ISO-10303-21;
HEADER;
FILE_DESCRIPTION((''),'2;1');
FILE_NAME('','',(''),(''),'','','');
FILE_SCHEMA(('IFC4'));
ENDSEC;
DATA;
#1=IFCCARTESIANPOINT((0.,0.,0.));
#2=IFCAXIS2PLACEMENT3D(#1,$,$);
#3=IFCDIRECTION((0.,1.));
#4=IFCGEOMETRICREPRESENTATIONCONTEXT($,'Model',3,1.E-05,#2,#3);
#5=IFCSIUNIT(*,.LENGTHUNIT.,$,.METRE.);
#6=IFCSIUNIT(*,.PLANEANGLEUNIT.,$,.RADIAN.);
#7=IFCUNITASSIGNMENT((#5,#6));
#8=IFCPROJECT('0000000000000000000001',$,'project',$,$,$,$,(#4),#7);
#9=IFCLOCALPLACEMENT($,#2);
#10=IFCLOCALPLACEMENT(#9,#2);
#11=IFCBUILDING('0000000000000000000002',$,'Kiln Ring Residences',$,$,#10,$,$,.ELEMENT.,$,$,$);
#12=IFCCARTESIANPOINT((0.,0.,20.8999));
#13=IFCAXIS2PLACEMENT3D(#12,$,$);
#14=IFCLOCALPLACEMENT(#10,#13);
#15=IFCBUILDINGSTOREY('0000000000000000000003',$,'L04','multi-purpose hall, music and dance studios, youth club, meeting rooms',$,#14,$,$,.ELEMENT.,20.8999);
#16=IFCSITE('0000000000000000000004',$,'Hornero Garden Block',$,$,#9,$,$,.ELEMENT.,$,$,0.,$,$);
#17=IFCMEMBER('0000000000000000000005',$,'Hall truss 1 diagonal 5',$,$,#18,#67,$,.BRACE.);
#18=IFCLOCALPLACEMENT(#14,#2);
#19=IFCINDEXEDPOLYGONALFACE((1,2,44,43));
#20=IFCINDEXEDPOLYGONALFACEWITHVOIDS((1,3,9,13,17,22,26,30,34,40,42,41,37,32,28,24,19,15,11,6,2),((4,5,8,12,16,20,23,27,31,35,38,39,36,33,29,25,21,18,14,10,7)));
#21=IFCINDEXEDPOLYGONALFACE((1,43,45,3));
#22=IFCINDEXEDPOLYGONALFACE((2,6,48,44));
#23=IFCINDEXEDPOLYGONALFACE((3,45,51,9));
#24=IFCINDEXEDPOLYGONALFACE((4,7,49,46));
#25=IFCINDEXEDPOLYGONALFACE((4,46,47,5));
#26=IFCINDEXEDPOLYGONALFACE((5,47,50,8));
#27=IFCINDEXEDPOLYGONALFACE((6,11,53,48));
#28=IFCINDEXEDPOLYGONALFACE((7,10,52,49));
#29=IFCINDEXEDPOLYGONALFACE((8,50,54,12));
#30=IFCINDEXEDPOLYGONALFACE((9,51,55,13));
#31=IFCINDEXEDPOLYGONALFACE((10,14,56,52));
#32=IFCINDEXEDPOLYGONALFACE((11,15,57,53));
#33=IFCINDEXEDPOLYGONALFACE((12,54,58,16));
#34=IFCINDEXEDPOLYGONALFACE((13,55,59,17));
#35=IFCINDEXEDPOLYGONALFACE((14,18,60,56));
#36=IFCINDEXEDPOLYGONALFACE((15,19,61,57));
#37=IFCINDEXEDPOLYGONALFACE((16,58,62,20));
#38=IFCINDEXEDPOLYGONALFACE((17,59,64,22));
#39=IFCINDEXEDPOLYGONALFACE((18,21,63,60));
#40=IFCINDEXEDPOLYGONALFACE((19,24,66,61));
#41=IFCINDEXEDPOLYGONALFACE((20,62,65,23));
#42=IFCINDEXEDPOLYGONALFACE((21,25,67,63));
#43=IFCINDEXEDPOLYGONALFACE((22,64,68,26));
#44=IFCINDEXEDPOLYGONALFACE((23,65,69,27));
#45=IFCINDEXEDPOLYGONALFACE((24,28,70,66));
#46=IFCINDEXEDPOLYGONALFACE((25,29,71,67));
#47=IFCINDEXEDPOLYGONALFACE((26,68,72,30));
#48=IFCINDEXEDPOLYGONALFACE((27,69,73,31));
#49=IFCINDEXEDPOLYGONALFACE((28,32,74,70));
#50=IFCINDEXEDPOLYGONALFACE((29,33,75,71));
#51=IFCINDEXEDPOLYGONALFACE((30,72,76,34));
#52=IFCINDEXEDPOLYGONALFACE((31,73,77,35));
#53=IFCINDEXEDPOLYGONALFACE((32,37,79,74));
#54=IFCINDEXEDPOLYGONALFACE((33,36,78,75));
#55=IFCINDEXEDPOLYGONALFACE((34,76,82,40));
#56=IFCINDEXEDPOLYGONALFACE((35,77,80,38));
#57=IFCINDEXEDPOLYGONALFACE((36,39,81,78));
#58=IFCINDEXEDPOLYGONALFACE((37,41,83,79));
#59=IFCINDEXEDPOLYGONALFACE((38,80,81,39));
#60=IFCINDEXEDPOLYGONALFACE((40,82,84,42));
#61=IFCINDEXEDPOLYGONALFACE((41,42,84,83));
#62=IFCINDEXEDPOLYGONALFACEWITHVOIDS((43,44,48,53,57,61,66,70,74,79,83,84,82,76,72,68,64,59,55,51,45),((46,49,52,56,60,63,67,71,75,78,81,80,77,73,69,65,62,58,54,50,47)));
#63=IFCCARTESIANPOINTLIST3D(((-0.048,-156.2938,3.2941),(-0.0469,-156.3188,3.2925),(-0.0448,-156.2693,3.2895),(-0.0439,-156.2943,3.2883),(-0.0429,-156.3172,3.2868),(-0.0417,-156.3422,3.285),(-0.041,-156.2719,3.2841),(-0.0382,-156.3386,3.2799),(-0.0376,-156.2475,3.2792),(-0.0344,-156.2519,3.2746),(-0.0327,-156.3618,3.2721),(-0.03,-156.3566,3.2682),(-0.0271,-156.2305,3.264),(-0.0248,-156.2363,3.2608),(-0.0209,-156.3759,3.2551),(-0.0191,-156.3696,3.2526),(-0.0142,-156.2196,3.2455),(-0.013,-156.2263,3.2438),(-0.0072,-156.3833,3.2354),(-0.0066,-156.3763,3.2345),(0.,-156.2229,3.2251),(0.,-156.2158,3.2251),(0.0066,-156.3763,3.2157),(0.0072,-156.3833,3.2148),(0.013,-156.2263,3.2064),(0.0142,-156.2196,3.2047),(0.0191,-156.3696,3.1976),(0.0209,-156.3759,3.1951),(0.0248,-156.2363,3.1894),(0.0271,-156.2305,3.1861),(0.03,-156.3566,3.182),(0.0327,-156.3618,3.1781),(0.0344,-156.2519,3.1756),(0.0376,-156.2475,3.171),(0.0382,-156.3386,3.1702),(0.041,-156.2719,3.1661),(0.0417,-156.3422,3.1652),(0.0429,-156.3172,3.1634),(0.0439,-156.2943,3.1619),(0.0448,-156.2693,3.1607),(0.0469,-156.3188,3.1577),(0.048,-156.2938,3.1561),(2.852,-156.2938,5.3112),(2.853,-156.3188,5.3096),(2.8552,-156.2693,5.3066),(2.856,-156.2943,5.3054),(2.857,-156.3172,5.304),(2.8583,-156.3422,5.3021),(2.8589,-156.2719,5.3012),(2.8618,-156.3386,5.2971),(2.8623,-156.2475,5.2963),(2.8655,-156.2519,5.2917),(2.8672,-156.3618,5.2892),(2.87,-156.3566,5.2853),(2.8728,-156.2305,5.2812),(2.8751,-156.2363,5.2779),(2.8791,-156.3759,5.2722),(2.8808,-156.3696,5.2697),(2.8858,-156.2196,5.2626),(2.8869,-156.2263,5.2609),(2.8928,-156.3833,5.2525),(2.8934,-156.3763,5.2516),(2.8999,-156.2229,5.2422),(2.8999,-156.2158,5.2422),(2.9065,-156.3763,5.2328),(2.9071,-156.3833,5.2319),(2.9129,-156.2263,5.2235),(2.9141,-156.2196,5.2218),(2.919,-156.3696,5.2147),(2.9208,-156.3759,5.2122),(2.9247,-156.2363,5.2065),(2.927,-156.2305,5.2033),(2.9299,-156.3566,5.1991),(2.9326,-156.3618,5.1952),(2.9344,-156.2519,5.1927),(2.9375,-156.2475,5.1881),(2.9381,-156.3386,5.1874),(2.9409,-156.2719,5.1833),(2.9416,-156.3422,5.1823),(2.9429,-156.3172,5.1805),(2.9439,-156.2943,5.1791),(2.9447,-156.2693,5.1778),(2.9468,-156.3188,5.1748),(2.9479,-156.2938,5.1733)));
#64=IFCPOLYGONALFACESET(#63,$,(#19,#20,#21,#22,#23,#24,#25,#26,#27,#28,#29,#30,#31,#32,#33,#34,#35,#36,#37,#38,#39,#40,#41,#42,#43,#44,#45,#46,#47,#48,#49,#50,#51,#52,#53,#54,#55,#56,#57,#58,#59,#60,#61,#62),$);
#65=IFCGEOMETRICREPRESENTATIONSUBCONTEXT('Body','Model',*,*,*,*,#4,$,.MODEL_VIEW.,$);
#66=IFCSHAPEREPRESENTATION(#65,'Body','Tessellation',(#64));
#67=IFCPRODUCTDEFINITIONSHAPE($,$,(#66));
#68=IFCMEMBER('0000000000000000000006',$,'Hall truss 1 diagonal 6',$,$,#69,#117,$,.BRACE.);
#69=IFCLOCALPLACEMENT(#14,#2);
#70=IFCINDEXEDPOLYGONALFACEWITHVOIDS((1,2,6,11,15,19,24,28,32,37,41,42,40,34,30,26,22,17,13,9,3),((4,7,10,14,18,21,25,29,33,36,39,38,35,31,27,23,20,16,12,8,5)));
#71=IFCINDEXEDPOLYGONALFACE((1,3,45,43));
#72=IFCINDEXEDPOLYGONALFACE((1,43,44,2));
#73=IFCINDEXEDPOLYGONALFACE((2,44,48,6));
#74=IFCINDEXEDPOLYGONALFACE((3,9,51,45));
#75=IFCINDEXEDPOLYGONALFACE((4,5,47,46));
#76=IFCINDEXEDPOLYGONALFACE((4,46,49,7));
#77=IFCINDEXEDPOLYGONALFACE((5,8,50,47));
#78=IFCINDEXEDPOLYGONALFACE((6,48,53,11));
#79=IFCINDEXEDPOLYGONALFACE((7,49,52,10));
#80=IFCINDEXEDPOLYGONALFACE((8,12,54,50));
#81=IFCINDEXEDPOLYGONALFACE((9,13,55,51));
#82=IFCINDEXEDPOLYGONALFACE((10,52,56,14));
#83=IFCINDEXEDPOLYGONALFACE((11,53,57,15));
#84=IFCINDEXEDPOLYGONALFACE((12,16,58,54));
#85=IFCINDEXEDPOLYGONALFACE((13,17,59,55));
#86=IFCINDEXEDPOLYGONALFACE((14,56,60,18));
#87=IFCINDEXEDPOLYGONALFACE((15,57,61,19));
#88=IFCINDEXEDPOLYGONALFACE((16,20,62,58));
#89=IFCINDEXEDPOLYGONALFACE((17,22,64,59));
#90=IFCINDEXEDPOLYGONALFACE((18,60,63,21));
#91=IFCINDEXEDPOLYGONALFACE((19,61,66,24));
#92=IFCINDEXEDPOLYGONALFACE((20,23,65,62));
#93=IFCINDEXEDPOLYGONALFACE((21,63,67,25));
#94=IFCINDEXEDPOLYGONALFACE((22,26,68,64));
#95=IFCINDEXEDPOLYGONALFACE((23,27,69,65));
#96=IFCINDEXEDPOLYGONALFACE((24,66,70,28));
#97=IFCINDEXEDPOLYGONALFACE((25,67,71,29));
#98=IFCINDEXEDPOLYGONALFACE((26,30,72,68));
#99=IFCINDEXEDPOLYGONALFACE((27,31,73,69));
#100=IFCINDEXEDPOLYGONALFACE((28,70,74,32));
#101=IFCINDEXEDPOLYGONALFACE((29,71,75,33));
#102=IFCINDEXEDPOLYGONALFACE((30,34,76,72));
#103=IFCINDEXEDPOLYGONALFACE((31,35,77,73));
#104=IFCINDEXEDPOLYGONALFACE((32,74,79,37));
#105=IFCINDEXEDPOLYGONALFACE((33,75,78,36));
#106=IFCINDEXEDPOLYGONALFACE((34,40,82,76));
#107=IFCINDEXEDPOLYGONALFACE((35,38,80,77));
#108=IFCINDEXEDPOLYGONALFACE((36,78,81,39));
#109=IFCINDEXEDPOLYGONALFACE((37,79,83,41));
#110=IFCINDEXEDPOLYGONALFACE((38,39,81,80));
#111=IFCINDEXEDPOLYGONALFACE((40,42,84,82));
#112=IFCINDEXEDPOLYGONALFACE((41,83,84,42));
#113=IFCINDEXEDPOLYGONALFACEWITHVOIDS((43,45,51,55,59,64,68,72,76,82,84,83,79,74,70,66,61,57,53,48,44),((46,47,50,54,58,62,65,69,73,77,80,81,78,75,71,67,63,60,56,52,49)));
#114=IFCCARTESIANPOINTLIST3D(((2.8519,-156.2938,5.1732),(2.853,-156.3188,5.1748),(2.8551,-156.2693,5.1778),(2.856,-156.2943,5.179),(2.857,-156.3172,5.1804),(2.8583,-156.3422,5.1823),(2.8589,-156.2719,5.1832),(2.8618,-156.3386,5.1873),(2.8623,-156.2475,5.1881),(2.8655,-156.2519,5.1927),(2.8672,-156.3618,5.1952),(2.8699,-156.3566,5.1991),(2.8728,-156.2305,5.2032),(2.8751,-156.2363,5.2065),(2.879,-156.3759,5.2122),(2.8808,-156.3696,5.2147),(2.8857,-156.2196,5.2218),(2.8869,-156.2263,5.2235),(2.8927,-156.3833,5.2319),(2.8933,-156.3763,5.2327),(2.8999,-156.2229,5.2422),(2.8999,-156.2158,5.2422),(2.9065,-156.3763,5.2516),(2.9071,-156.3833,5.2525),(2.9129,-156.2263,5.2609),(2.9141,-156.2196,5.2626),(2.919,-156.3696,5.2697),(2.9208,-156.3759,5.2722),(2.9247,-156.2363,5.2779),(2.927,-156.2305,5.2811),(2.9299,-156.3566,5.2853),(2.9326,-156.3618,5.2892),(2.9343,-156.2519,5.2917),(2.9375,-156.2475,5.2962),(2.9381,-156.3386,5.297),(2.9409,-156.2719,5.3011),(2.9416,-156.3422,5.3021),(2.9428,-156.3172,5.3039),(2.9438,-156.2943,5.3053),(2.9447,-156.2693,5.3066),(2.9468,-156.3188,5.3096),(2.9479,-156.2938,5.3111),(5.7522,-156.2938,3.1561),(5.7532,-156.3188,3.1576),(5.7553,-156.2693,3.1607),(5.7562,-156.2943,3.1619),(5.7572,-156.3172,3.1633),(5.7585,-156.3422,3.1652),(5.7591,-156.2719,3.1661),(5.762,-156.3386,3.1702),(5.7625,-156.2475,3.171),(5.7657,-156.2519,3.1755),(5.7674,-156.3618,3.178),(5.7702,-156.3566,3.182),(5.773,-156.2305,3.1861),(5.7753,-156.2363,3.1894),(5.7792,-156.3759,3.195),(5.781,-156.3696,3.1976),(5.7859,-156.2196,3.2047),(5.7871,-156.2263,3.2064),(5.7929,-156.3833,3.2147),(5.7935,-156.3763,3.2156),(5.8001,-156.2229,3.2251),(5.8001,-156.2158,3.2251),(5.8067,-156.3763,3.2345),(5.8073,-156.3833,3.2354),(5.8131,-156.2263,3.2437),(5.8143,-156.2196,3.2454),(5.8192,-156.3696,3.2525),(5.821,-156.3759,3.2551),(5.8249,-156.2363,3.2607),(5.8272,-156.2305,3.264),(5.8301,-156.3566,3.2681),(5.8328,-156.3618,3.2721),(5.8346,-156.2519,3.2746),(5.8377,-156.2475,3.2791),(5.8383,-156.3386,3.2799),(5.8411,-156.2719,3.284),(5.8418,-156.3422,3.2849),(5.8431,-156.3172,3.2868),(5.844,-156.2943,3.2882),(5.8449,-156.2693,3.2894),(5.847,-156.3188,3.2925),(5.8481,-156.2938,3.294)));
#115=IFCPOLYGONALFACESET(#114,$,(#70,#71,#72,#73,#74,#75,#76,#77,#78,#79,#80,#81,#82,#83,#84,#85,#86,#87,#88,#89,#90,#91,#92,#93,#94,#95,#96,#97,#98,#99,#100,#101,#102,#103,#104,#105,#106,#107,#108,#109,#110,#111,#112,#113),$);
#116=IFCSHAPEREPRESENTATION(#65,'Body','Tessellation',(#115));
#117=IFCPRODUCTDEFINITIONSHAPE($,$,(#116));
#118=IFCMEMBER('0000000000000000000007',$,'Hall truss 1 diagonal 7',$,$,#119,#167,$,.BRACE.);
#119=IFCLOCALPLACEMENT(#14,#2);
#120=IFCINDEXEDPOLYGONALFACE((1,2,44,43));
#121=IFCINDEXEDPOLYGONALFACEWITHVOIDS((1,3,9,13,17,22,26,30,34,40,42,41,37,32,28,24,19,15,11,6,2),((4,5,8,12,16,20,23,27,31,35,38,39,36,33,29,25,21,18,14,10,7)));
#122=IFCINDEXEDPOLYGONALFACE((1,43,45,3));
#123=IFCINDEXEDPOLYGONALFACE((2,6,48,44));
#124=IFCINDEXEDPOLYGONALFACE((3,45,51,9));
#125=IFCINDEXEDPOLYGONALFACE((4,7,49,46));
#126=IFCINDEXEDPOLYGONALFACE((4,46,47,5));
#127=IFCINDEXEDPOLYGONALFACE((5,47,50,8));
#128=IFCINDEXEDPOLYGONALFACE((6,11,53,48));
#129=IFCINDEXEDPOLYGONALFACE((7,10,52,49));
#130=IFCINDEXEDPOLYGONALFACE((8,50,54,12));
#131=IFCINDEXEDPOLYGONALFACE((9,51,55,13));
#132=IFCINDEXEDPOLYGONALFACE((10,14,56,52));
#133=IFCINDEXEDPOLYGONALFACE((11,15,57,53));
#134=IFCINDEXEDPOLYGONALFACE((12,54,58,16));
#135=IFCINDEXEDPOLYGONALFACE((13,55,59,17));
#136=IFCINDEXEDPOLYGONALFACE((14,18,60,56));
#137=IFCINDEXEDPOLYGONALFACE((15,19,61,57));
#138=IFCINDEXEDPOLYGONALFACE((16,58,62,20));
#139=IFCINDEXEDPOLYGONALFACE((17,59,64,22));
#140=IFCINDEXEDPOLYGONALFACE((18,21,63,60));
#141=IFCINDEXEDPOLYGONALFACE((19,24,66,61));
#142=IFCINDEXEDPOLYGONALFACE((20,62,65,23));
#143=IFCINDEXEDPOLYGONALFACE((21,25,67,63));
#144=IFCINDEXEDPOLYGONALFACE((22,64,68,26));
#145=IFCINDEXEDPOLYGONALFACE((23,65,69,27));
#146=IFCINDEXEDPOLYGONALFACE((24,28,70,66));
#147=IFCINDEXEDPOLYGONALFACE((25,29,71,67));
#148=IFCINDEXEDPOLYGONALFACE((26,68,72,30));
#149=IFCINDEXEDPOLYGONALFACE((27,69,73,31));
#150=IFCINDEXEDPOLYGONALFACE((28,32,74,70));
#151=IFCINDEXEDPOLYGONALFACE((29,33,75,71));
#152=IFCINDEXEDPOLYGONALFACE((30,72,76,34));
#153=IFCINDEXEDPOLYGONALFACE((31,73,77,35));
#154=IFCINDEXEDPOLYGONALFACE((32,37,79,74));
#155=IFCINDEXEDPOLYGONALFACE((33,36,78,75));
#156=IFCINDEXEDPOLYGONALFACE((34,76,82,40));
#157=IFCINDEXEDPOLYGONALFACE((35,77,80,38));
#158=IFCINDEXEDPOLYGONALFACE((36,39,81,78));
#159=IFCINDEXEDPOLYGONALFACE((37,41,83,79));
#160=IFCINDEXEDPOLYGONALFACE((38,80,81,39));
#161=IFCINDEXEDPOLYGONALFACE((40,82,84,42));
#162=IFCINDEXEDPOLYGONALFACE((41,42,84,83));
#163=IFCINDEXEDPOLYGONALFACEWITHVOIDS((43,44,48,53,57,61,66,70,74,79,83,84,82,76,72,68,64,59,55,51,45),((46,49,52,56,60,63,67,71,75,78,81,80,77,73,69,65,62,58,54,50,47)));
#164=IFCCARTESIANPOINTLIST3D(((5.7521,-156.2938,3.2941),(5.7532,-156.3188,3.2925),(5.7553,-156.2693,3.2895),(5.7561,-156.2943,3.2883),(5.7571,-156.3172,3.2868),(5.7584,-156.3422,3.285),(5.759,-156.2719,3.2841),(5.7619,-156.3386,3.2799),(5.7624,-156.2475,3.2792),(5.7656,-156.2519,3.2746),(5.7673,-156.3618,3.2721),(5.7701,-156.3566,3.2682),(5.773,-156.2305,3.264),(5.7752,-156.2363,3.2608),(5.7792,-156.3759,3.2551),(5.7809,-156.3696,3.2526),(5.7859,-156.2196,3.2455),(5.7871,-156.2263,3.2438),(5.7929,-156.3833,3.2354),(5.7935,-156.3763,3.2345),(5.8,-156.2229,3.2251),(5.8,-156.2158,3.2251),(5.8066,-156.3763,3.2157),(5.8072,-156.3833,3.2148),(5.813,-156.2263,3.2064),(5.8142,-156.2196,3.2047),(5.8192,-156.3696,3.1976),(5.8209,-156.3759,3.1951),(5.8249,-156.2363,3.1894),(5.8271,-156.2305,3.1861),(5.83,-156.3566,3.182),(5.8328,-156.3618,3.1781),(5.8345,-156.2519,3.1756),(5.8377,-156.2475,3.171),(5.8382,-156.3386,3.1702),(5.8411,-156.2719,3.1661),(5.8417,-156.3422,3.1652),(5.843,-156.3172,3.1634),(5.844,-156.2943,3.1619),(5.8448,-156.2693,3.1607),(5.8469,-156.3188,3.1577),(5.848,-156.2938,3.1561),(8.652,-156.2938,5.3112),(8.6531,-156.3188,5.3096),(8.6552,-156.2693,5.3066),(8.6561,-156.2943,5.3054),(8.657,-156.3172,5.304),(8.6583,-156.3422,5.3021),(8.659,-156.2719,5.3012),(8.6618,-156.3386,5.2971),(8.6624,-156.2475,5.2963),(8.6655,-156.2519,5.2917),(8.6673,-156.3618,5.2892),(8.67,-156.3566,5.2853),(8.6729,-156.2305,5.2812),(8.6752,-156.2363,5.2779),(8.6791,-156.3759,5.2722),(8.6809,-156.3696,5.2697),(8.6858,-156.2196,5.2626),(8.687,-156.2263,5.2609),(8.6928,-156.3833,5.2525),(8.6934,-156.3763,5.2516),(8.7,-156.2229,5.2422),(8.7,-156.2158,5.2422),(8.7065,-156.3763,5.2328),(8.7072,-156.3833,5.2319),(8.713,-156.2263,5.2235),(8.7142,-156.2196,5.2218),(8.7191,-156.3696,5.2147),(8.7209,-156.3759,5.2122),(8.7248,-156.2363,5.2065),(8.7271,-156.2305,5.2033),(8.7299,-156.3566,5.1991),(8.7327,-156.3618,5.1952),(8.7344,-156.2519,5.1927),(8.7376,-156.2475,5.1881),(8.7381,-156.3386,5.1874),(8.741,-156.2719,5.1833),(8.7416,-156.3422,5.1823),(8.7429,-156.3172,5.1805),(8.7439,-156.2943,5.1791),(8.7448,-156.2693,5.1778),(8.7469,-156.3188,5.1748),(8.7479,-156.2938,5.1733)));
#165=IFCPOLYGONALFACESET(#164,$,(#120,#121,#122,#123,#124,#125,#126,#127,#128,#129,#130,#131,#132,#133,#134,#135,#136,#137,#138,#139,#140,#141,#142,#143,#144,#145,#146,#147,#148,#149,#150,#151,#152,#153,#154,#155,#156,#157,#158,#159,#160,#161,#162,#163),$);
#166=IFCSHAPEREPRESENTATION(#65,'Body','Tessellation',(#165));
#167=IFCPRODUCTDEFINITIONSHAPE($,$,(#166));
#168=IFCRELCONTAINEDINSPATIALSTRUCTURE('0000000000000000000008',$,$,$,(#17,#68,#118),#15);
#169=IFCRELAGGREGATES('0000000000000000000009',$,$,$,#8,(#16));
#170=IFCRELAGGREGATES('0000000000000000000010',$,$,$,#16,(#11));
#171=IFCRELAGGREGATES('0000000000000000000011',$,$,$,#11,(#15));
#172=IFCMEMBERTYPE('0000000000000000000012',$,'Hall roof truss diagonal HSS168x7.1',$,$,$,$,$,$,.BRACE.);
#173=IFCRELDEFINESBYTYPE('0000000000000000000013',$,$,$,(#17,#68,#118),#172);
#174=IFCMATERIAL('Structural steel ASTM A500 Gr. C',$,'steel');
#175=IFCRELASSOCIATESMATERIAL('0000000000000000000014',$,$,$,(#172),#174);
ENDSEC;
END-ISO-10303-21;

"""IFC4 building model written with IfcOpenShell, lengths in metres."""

from ifc_helpers import new_model, si_unit, direction, frame, origin, origin_2d, place, context, subcontext, project, spatial, hollow_circle, extrude, material, material_profile, profile_set, type_object, element, save


model = new_model("IFC4")

# Units and contexts
model_context = context("Model", 3, precision=1e-05, world=origin(), true_north=direction((0.0, 1.0)))
body_context = subcontext(model_context, "Body", "Model", "MODEL_VIEW")
ifc_project = project(units=[si_unit("LENGTHUNIT", "METRE"), si_unit("PLANEANGLEUNIT", "RADIAN")], contexts=[model_context])

# Site, building, storey
site_placement = place(None, origin())
site = spatial("IfcSite", under=ifc_project, at=site_placement, Name="Hornero Garden Block", CompositionType="ELEMENT", RefElevation=0.0)
building_placement = place(site_placement, origin())
building = spatial("IfcBuilding", under=site, at=building_placement, Name="Kiln Ring Residences", CompositionType="ELEMENT")
storey_placement = place(building_placement, frame((0.0, 0.0, 20.8999)))
storey = spatial("IfcBuildingStorey", under=building, at=storey_placement, Name="L04", Description="multi-purpose hall, music and dance studios, youth club, meeting rooms", CompositionType="ELEMENT", Elevation=20.8999)

# Members
ifc_material_1 = material(Name="Structural steel ASTM A500 Gr. C", Category="steel")
ifc_material_profile_1 = material_profile(ifc_material_1, hollow_circle(Radius=0.0842, WallThickness=0.0071, at=origin_2d()), Name="HSS168x7.1")
ifc_profile_set_1 = profile_set([ifc_material_profile_1], Name="Structural steel ASTM A500 Gr. C")
member_type_1 = type_object("IfcMemberType", Name="Hall roof truss diagonal HSS168x7.1", PredefinedType="BRACE", material=ifc_profile_set_1)
member_1_placement = place(storey_placement, frame((0.0, -156.3, 3.2251), z_axis=(0.820936, 0.0, 0.57102), x_axis=(0.0, 1.0, 0.0)))
element("IfcMember", 1, at=member_1_placement, inside=storey, type_object=member_type_1, Name="Hall truss 1 diagonal 5", PredefinedType="BRACE", context=body_context, shape_type="SweptSolid", body=[
    extrude(hollow_circle(Radius=0.0842, WallThickness=0.0071, at=origin_2d()), origin(), (0.0, 0.0, 1.0), 3.5325),
])
member_2_placement = place(storey_placement, frame((2.8999, -156.3, 5.2422), z_axis=(0.820959, 0.0, -0.570988), x_axis=(0.0, 1.0, 0.0)))
element("IfcMember", 2, at=member_2_placement, inside=storey, type_object=member_type_1, Name="Hall truss 1 diagonal 6", PredefinedType="BRACE", context=body_context, shape_type="SweptSolid", body=[
    extrude(hollow_circle(Radius=0.0842, WallThickness=0.0071, at=origin_2d()), origin(), (0.0, 0.0, 1.0), 3.5327),
])
for number, where, z_axis, x_axis, name in (
    (3, (5.8, -156.3, 3.2251), (0.820936, 0.0, 0.57102), (0.0, 1.0, 0.0), "Hall truss 1 diagonal 7"),
):
    element("IfcMember", number, at=place(storey_placement, frame(where, z_axis=z_axis, x_axis=x_axis)), inside=storey, type_object=member_type_1, Name=name, PredefinedType="BRACE", context=body_context, shape_type="SweptSolid", body=[
        extrude(hollow_circle(Radius=0.0842, WallThickness=0.0071, at=origin_2d()), origin(), (0.0, 0.0, 1.0), 3.5325),
    ])

save(model, "model.ifc")
